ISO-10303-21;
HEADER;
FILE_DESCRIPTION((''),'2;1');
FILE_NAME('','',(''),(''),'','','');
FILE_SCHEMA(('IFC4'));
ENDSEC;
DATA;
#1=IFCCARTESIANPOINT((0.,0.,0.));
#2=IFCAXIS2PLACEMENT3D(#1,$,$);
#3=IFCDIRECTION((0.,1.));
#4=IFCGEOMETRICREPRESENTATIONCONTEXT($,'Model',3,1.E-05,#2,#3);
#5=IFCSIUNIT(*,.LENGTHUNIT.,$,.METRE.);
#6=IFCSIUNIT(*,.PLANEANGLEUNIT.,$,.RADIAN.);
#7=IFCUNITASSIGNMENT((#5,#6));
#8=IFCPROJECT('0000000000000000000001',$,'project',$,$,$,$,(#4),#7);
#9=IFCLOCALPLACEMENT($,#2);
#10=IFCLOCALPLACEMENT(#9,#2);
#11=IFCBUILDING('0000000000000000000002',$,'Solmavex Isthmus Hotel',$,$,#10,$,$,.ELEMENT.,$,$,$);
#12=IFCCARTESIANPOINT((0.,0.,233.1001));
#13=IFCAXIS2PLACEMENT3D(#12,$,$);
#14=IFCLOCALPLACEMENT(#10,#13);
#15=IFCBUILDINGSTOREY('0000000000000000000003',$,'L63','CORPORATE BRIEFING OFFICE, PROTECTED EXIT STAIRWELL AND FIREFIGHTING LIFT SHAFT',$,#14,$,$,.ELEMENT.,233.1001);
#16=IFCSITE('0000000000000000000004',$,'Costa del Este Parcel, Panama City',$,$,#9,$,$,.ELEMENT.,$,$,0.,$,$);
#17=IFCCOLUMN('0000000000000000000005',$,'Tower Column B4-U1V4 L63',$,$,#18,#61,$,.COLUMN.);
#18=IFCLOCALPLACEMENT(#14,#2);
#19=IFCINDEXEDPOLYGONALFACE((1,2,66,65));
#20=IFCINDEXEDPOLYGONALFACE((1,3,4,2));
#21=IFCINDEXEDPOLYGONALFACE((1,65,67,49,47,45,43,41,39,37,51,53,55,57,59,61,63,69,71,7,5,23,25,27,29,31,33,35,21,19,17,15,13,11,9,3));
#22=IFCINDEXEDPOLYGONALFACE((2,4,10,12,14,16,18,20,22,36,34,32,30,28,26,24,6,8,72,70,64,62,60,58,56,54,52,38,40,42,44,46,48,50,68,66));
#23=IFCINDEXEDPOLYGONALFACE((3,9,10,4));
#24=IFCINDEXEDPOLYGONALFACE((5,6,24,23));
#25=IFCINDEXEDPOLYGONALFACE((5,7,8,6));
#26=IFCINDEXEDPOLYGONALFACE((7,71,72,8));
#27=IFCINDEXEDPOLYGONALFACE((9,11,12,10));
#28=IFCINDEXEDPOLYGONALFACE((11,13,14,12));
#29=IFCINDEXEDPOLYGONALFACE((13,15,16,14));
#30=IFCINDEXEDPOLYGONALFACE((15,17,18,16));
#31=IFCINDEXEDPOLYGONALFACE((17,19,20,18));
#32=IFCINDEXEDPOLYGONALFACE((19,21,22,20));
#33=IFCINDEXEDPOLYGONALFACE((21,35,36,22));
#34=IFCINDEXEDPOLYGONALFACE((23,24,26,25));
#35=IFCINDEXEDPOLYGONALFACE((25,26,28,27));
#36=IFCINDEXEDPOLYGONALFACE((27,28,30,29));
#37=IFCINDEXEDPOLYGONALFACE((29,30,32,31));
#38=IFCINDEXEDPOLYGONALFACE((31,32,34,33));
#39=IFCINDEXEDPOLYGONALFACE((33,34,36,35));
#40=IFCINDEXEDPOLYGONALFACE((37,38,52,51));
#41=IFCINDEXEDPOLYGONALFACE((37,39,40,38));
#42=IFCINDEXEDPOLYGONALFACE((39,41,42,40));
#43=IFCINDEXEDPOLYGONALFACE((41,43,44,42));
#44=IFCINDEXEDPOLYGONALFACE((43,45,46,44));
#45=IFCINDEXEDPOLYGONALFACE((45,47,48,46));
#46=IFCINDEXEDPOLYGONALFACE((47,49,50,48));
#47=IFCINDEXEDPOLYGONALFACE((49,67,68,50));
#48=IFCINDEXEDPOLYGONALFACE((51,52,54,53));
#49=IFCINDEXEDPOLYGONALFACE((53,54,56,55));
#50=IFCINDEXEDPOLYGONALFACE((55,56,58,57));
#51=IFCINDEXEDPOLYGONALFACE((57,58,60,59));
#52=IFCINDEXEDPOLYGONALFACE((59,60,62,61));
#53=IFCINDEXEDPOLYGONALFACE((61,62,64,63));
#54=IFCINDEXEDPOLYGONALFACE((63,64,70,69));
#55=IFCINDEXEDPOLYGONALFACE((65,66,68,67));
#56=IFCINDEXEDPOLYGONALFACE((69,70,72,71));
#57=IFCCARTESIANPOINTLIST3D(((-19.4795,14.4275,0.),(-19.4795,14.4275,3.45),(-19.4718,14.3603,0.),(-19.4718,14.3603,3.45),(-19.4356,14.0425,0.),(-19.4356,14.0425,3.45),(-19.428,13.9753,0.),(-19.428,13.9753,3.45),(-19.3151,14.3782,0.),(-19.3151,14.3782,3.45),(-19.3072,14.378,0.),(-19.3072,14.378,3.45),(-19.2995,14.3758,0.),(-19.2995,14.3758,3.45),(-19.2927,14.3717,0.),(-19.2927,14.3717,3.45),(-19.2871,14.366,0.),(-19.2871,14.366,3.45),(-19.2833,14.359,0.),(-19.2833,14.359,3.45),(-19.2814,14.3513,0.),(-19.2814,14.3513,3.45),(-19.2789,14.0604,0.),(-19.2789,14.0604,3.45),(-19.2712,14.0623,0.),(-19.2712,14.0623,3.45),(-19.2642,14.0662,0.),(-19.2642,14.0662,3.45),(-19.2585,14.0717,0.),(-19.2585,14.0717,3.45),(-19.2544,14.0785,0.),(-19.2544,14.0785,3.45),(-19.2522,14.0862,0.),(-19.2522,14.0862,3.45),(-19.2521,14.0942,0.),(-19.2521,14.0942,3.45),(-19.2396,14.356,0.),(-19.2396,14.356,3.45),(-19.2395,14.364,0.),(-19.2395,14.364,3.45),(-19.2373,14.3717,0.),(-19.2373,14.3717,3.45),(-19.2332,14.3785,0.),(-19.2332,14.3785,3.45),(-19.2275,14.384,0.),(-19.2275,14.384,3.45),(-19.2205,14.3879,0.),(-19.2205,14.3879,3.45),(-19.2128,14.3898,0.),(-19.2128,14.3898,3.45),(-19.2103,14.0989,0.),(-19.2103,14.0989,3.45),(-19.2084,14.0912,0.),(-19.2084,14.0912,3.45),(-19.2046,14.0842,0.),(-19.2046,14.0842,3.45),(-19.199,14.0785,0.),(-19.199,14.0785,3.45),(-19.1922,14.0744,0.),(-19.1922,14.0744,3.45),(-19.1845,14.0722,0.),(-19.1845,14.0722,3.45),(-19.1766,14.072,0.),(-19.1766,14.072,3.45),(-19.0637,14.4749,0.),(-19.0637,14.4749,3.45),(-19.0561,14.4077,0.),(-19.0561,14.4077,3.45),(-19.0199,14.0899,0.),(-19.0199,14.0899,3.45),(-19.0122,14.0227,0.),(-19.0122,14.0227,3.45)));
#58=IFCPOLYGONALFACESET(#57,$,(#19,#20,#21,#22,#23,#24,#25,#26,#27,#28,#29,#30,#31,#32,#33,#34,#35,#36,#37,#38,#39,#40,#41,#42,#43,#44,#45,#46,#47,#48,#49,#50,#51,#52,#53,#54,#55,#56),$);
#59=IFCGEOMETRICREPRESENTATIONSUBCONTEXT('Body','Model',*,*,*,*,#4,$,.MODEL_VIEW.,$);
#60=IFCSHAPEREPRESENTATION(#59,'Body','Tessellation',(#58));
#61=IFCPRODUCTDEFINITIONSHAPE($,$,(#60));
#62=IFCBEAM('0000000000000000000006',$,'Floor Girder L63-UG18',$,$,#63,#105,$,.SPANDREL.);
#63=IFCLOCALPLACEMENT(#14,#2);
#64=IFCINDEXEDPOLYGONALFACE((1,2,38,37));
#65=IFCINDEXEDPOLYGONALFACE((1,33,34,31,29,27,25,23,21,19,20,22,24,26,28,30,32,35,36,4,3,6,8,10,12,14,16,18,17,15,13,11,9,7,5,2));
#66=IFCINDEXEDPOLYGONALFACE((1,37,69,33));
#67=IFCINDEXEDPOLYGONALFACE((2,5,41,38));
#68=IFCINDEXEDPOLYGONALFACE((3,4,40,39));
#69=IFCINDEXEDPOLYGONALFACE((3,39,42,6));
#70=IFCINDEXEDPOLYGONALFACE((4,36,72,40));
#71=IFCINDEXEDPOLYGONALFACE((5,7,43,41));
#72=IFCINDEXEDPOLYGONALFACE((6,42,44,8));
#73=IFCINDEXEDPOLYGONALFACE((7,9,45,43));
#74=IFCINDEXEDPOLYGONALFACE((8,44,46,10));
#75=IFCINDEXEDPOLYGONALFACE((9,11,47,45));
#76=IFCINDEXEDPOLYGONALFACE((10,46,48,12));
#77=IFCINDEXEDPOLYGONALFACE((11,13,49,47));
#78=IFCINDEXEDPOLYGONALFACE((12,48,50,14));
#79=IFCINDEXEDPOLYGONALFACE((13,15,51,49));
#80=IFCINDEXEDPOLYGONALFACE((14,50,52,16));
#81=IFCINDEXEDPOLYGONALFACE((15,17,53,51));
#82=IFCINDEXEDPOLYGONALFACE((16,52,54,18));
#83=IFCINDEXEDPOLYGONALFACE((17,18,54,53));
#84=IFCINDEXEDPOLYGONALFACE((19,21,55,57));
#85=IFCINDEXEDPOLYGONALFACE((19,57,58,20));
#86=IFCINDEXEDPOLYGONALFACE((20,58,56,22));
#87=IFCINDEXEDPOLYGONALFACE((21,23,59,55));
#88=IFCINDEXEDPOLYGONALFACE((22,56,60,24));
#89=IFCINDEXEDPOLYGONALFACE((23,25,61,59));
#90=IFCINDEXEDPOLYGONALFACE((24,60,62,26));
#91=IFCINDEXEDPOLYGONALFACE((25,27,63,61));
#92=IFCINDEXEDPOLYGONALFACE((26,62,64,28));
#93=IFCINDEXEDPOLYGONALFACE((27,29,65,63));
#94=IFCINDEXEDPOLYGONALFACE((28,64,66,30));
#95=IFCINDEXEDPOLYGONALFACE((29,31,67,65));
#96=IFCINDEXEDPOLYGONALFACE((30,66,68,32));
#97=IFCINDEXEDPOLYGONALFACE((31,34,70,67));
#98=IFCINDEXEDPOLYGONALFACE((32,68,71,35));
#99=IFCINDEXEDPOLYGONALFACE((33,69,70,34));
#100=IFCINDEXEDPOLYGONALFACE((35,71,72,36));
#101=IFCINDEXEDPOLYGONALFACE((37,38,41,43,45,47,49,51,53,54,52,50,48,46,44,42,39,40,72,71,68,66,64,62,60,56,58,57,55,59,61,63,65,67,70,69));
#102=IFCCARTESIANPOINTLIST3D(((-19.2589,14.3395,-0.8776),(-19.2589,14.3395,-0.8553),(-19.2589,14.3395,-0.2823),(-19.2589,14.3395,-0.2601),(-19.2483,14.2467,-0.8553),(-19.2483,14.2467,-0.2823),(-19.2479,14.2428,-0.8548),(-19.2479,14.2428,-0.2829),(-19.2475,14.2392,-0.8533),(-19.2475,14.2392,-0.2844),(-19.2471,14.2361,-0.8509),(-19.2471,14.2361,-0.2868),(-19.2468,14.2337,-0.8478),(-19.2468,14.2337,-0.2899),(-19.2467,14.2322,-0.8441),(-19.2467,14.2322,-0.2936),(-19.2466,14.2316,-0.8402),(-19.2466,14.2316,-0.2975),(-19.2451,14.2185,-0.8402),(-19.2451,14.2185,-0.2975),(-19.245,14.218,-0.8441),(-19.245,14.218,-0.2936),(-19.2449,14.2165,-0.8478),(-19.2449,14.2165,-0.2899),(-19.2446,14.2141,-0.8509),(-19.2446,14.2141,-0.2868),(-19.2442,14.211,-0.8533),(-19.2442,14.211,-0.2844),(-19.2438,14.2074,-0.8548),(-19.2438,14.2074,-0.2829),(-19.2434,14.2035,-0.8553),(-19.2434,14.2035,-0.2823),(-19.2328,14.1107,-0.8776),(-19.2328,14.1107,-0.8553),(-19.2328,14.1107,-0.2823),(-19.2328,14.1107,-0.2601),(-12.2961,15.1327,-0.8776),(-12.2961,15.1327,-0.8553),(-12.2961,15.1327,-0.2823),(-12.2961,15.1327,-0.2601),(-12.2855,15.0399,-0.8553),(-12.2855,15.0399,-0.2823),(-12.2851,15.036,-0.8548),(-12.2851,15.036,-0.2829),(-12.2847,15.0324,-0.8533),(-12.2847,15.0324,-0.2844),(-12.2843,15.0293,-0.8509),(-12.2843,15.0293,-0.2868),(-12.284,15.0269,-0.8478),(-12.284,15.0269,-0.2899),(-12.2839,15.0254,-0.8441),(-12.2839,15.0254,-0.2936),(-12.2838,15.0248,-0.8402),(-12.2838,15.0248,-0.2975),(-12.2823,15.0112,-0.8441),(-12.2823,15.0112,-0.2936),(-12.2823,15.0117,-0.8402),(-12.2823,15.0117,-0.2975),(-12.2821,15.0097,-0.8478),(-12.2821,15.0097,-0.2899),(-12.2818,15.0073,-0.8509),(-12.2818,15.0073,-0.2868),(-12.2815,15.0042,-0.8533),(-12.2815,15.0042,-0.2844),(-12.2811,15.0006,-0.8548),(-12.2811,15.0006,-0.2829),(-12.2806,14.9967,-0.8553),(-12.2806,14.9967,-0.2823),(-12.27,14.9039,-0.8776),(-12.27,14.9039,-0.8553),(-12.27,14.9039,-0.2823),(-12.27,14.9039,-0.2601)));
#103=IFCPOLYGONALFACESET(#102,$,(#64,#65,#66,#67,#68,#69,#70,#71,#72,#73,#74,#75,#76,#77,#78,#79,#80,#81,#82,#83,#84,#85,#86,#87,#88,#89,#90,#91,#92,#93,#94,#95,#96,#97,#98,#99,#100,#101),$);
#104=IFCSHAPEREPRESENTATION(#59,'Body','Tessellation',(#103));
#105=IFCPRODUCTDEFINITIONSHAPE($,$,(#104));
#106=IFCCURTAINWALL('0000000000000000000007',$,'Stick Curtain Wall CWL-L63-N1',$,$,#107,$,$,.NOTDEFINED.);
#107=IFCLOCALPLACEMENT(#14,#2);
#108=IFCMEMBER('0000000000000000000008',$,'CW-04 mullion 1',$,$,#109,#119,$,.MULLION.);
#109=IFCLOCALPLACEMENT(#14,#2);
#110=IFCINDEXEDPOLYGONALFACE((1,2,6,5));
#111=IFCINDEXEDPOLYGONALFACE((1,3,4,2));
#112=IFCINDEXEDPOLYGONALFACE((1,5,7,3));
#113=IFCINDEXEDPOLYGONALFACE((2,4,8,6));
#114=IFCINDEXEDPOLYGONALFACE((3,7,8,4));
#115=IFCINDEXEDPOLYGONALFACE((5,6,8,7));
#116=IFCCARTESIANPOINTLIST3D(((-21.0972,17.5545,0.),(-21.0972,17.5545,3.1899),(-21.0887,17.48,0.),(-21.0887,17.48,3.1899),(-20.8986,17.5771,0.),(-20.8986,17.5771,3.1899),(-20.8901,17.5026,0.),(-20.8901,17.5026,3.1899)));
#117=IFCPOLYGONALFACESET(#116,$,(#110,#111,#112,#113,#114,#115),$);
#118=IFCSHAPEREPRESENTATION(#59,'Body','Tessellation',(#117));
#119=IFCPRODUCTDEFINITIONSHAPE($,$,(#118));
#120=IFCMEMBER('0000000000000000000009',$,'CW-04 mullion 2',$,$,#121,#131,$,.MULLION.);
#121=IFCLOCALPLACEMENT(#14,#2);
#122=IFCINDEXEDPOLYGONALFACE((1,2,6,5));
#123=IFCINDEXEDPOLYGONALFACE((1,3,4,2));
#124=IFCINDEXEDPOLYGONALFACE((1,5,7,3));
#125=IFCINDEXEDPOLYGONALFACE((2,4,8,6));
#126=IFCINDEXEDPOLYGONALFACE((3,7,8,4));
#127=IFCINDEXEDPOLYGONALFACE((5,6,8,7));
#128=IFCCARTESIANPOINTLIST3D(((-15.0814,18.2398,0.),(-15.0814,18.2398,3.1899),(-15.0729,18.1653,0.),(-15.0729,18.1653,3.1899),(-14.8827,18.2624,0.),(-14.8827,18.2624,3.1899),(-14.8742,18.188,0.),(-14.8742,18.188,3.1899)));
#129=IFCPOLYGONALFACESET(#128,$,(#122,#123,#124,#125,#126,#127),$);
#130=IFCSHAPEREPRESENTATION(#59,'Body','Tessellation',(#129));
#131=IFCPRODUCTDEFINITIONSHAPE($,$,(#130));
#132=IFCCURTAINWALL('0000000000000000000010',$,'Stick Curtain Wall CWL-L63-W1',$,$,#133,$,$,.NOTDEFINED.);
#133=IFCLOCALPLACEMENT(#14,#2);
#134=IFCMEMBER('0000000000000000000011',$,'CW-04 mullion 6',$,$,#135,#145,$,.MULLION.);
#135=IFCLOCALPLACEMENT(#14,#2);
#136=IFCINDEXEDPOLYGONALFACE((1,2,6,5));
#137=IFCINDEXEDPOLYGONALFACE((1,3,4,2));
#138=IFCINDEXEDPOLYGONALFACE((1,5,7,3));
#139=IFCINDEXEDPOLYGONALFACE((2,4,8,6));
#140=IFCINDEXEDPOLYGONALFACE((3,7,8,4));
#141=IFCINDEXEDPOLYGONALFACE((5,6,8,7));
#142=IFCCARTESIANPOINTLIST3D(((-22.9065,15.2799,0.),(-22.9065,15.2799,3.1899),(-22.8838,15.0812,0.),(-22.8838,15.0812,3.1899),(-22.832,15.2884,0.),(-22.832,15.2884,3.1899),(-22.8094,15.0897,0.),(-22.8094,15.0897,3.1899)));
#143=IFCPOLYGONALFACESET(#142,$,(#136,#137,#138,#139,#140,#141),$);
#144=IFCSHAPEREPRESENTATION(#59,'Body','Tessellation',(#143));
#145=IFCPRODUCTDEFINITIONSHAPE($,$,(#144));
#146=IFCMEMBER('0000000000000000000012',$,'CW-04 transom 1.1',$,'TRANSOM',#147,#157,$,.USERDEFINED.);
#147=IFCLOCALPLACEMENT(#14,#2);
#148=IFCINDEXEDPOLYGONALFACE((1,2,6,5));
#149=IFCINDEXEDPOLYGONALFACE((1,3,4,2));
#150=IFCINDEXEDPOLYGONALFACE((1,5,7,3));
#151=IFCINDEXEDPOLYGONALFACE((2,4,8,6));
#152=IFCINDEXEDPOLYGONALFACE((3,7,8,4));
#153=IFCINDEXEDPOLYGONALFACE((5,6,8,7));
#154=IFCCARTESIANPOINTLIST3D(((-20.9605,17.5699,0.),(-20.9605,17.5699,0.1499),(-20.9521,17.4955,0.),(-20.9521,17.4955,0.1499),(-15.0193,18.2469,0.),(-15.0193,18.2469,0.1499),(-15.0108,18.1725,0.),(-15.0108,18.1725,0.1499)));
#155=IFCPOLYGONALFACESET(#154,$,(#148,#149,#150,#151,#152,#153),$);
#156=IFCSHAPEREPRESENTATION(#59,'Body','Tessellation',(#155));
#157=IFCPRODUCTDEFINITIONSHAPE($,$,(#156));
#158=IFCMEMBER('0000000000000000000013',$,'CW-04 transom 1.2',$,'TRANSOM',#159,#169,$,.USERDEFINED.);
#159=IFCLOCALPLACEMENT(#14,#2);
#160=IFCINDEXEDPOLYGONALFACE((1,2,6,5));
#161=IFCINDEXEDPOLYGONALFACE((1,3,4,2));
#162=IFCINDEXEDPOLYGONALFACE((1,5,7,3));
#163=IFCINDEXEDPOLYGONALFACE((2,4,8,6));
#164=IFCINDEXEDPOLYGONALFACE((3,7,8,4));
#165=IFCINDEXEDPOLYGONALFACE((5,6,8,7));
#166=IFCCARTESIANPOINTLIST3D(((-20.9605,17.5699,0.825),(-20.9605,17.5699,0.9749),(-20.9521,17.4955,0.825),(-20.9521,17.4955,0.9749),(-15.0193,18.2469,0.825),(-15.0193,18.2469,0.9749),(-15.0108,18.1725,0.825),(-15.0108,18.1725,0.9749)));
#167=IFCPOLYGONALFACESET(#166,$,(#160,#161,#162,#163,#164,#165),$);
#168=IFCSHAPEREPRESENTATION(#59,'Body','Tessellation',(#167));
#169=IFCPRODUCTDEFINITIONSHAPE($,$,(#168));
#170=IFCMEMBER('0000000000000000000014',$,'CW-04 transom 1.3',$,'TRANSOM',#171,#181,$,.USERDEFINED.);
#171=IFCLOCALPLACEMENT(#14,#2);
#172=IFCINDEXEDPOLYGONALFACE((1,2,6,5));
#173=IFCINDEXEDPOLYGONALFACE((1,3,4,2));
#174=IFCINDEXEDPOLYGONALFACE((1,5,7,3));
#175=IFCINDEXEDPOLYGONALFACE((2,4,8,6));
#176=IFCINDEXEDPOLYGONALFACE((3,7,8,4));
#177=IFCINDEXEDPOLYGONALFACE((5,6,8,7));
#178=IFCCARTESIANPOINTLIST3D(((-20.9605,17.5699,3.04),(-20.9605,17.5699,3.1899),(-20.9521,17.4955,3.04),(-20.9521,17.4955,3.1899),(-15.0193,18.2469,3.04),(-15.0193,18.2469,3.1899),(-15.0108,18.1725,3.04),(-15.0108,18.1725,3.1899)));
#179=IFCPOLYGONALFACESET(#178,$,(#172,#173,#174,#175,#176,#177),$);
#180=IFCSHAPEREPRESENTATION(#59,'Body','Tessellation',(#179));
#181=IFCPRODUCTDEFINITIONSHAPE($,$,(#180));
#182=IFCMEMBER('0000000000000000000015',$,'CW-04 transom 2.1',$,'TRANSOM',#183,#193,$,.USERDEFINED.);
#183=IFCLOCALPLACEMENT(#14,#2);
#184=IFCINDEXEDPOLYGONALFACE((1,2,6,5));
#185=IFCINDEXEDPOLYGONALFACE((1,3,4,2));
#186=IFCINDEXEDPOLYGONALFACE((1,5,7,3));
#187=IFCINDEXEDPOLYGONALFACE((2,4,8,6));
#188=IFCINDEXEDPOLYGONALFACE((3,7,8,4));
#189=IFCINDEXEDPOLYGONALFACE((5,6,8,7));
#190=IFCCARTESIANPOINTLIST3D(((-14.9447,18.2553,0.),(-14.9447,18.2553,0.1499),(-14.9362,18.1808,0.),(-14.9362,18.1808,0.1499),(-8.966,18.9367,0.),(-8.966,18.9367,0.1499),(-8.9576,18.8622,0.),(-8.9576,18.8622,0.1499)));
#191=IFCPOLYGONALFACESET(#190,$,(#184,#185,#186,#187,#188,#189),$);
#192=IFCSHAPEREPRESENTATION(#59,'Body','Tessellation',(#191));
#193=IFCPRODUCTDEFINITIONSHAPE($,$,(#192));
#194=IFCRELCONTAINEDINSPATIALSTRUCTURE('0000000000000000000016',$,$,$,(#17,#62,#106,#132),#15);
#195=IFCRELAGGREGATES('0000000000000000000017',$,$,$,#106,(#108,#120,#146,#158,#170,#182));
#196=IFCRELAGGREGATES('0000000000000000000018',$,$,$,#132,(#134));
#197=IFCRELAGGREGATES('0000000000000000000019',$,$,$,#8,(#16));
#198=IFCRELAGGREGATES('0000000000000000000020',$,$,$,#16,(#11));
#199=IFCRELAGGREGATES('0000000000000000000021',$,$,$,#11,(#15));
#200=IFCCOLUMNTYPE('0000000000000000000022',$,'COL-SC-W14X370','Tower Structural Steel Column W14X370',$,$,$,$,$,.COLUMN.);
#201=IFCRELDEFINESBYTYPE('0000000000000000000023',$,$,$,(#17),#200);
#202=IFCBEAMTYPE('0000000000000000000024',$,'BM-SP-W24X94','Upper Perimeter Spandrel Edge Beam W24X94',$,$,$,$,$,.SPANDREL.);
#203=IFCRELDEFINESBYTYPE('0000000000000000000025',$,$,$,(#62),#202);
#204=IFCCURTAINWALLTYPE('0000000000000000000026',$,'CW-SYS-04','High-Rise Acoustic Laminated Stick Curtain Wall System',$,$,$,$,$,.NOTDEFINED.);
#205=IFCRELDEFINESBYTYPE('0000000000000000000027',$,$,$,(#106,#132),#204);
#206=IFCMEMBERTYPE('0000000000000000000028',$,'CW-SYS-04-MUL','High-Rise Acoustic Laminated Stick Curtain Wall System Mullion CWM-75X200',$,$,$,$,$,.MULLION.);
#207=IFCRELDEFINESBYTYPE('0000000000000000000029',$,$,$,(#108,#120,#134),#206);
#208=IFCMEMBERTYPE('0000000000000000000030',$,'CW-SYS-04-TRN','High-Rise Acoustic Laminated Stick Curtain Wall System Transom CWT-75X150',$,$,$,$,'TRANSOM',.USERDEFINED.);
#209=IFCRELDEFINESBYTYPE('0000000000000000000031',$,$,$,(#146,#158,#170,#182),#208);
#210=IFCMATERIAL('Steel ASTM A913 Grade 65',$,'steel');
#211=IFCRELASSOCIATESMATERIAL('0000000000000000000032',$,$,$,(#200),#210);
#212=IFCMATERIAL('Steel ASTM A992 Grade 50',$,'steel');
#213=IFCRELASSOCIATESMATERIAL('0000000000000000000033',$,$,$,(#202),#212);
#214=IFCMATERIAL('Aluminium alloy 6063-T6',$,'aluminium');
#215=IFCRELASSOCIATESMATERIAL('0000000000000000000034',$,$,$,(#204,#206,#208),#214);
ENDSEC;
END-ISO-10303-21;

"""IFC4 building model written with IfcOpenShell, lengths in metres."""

from ifc_helpers import new_model, si_unit, direction, frame, origin, origin_2d, place, context, subcontext, project, spatial, rectangle, i_section, extrude, material, material_profile, profile_set, type_object, element, aggregate, save


model = new_model("IFC4")

# Units and contexts
model_context = context("Model", 3, precision=1e-05, world=origin(), true_north=direction((0.0, 1.0)))
body_context = subcontext(model_context, "Body", "Model", "MODEL_VIEW")
ifc_project = project(units=[si_unit("LENGTHUNIT", "METRE"), si_unit("PLANEANGLEUNIT", "RADIAN")], contexts=[model_context])

# Site, building, storey
site_placement = place(None, origin())
site = spatial("IfcSite", under=ifc_project, at=site_placement, Name="Costa del Este Parcel, Panama City", CompositionType="ELEMENT", RefElevation=0.0)
building_placement = place(site_placement, origin())
building = spatial("IfcBuilding", under=site, at=building_placement, Name="Solmavex Isthmus Hotel", CompositionType="ELEMENT")
storey_placement = place(building_placement, frame((0.0, 0.0, 233.1001)))
storey = spatial("IfcBuildingStorey", under=building, at=storey_placement, Name="L63", Description="CORPORATE BRIEFING OFFICE, PROTECTED EXIT STAIRWELL AND FIREFIGHTING LIFT SHAFT", CompositionType="ELEMENT", Elevation=233.1001)

# Column
ifc_material_1 = material(Name="Steel ASTM A913 Grade 65", Category="steel")
ifc_material_profile_1 = material_profile(ifc_material_1, i_section(OverallWidth=0.4185, OverallDepth=0.4551, WebThickness=0.042, FlangeThickness=0.0676, FilletRadius=0.0305, at=origin_2d()), Name="W14X370")
ifc_profile_set_1 = profile_set([ifc_material_profile_1], Name="Steel ASTM A913 Grade 65")
column_type = type_object("IfcColumnType", Name="COL-SC-W14X370", Description="Tower Structural Steel Column W14X370", PredefinedType="COLUMN", material=ifc_profile_set_1)
column_placement = place(storey_placement, frame((-19.2458, 14.2251, 0.0), z_axis=(0.0, 0.0, 1.0), x_axis=(0.993572, 0.113203, 0.0)))
element("IfcColumn", 1, at=column_placement, inside=storey, type_object=column_type, Name="Tower Column B4-U1V4 L63", PredefinedType="COLUMN", context=body_context, shape_type="SweptSolid", body=[
    extrude(i_section(OverallWidth=0.4185, OverallDepth=0.4551, WebThickness=0.042, FlangeThickness=0.0676, FilletRadius=0.0305, at=origin_2d()), origin(), (0.0, 0.0, 1.0), 3.45),
])

# Beam
ifc_material_2 = material(Name="Steel ASTM A992 Grade 50", Category="steel")
ifc_material_profile_2 = material_profile(ifc_material_2, i_section(OverallWidth=0.2302, OverallDepth=0.6174, WebThickness=0.0132, FlangeThickness=0.0222, FilletRadius=0.0151, at=origin_2d()), Name="W24X94")
ifc_profile_set_2 = profile_set([ifc_material_profile_2], Name="Steel ASTM A992 Grade 50")
beam_type = type_object("IfcBeamType", Name="BM-SP-W24X94", Description="Upper Perimeter Spandrel Edge Beam W24X94", PredefinedType="SPANDREL", material=ifc_profile_set_2)
beam_placement = place(storey_placement, frame((-19.2458, 14.2251, -0.5688), z_axis=(0.993574, 0.113188, 0.0), x_axis=(-0.113188, 0.993574, 0.0)))
element("IfcBeam", 2, at=beam_placement, inside=storey, type_object=beam_type, Name="Floor Girder L63-UG18", PredefinedType="SPANDREL", context=body_context, shape_type="SweptSolid", body=[
    extrude(i_section(OverallWidth=0.2302, OverallDepth=0.6174, WebThickness=0.0132, FlangeThickness=0.0222, FilletRadius=0.0151, at=origin_2d()), origin(), (0.0, 0.0, 1.0), 7.0078),
])

# Curtain wall, members
ifc_material_3 = material(Name="Aluminium alloy 6063-T6", Category="aluminium")
curtain_wall_type = type_object("IfcCurtainWallType", Name="CW-SYS-04", Description="High-Rise Acoustic Laminated Stick Curtain Wall System", PredefinedType="NOTDEFINED", material=ifc_material_3)
curtain_wall_1_placement = place(storey_placement, origin())
curtain_wall_1 = element("IfcCurtainWall", 3, at=curtain_wall_1_placement, inside=storey, type_object=curtain_wall_type, Name="Stick Curtain Wall CWL-L63-N1", PredefinedType="NOTDEFINED")
ifc_material_profile_3 = material_profile(ifc_material_3, rectangle(XDim=0.075, YDim=0.2, at=origin_2d()), Name="CWM-75X200")
ifc_profile_set_3 = profile_set([ifc_material_profile_3], Name="Aluminium alloy 6063-T6")
member_type_1 = type_object("IfcMemberType", Name="CW-SYS-04-MUL", Description="High-Rise Acoustic Laminated Stick Curtain Wall System Mullion CWM-75X200", PredefinedType="MULLION", material=ifc_profile_set_3)
member_1_placement = place(storey_placement, frame((-20.9937, 17.5286, 0.0), z_axis=(0.0, 0.0, 1.0), x_axis=(-0.113203, 0.993572, 0.0)))
member_1 = element("IfcMember", 4, at=member_1_placement, type_object=member_type_1, Name="CW-04 mullion 1", PredefinedType="MULLION", context=body_context, shape_type="SweptSolid", body=[
    extrude(rectangle(XDim=0.075, YDim=0.2, at=origin_2d()), origin(), (0.0, 0.0, 1.0), 3.1899),
])
member_2_placement = place(storey_placement, frame((-14.9778, 18.2139, 0.0), z_axis=(0.0, 0.0, 1.0), x_axis=(-0.113203, 0.993572, 0.0)))
member_2 = element("IfcMember", 5, at=member_2_placement, type_object=member_type_1, Name="CW-04 mullion 2", PredefinedType="MULLION", context=body_context, shape_type="SweptSolid", body=[
    extrude(rectangle(XDim=0.075, YDim=0.2, at=origin_2d()), origin(), (0.0, 0.0, 1.0), 3.1899),
])

# Curtain wall, member
curtain_wall_2_placement = place(storey_placement, origin())
curtain_wall_2 = element("IfcCurtainWall", 6, at=curtain_wall_2_placement, inside=storey, type_object=curtain_wall_type, Name="Stick Curtain Wall CWL-L63-W1", PredefinedType="NOTDEFINED")
member_3_placement = place(storey_placement, frame((-22.8579, 15.1848, 0.0), z_axis=(0.0, 0.0, 1.0), x_axis=(-0.993572, -0.113203, 0.0)))
member_3 = element("IfcMember", 7, at=member_3_placement, type_object=member_type_1, Name="CW-04 mullion 6", PredefinedType="MULLION", context=body_context, shape_type="SweptSolid", body=[
    extrude(rectangle(XDim=0.075, YDim=0.2, at=origin_2d()), origin(), (0.0, 0.0, 1.0), 3.1899),
])

# Members
ifc_material_profile_4 = material_profile(ifc_material_3, rectangle(XDim=0.075, YDim=0.1499, at=origin_2d()), Name="CWT-75X150")
ifc_profile_set_4 = profile_set([ifc_material_profile_4], Name="Aluminium alloy 6063-T6")
member_type_2 = type_object("IfcMemberType", Name="CW-SYS-04-TRN", Description="High-Rise Acoustic Laminated Stick Curtain Wall System Transom CWT-75X150", ElementType="TRANSOM", PredefinedType="USERDEFINED", material=ifc_profile_set_4)
member_4_placement = place(storey_placement, frame((-20.9563, 17.5327, 0.075), z_axis=(0.993571, 0.113214, 0.0), x_axis=(-0.113214, 0.993571, 0.0)))
member_4 = element("IfcMember", 8, at=member_4_placement, type_object=member_type_2, Name="CW-04 transom 1.1", ObjectType="TRANSOM", PredefinedType="USERDEFINED", context=body_context, shape_type="SweptSolid", body=[
    extrude(rectangle(XDim=0.075, YDim=0.1499, at=origin_2d()), origin(), (0.0, 0.0, 1.0), 5.9797),
])
member_5_placement = place(storey_placement, frame((-20.9563, 17.5327, 0.8999), z_axis=(0.993571, 0.113214, 0.0), x_axis=(-0.113214, 0.993571, 0.0)))
member_5 = element("IfcMember", 9, at=member_5_placement, type_object=member_type_2, Name="CW-04 transom 1.2", ObjectType="TRANSOM", PredefinedType="USERDEFINED", context=body_context, shape_type="SweptSolid", body=[
    extrude(rectangle(XDim=0.075, YDim=0.1499, at=origin_2d()), origin(), (0.0, 0.0, 1.0), 5.9797),
])
member_6_placement = place(storey_placement, frame((-20.9563, 17.5327, 3.115), z_axis=(0.993571, 0.113214, 0.0), x_axis=(-0.113214, 0.993571, 0.0)))
member_6 = element("IfcMember", 10, at=member_6_placement, type_object=member_type_2, Name="CW-04 transom 1.3", ObjectType="TRANSOM", PredefinedType="USERDEFINED", context=body_context, shape_type="SweptSolid", body=[
    extrude(rectangle(XDim=0.075, YDim=0.1499, at=origin_2d()), origin(), (0.0, 0.0, 1.0), 5.9797),
])
member_7_placement = place(storey_placement, frame((-14.9404, 18.218, 0.075), z_axis=(0.993568, 0.113241, 0.0), x_axis=(-0.113241, 0.993568, 0.0)))
member_7 = element("IfcMember", 11, at=member_7_placement, type_object=member_type_2, Name="CW-04 transom 2.1", ObjectType="TRANSOM", PredefinedType="USERDEFINED", context=body_context, shape_type="SweptSolid", body=[
    extrude(rectangle(XDim=0.075, YDim=0.1499, at=origin_2d()), origin(), (0.0, 0.0, 1.0), 6.0173),
])

aggregate(curtain_wall_1, [member_1, member_2, member_4, member_5, member_6, member_7])
aggregate(curtain_wall_2, [member_3])

save(model, "model.ifc")
